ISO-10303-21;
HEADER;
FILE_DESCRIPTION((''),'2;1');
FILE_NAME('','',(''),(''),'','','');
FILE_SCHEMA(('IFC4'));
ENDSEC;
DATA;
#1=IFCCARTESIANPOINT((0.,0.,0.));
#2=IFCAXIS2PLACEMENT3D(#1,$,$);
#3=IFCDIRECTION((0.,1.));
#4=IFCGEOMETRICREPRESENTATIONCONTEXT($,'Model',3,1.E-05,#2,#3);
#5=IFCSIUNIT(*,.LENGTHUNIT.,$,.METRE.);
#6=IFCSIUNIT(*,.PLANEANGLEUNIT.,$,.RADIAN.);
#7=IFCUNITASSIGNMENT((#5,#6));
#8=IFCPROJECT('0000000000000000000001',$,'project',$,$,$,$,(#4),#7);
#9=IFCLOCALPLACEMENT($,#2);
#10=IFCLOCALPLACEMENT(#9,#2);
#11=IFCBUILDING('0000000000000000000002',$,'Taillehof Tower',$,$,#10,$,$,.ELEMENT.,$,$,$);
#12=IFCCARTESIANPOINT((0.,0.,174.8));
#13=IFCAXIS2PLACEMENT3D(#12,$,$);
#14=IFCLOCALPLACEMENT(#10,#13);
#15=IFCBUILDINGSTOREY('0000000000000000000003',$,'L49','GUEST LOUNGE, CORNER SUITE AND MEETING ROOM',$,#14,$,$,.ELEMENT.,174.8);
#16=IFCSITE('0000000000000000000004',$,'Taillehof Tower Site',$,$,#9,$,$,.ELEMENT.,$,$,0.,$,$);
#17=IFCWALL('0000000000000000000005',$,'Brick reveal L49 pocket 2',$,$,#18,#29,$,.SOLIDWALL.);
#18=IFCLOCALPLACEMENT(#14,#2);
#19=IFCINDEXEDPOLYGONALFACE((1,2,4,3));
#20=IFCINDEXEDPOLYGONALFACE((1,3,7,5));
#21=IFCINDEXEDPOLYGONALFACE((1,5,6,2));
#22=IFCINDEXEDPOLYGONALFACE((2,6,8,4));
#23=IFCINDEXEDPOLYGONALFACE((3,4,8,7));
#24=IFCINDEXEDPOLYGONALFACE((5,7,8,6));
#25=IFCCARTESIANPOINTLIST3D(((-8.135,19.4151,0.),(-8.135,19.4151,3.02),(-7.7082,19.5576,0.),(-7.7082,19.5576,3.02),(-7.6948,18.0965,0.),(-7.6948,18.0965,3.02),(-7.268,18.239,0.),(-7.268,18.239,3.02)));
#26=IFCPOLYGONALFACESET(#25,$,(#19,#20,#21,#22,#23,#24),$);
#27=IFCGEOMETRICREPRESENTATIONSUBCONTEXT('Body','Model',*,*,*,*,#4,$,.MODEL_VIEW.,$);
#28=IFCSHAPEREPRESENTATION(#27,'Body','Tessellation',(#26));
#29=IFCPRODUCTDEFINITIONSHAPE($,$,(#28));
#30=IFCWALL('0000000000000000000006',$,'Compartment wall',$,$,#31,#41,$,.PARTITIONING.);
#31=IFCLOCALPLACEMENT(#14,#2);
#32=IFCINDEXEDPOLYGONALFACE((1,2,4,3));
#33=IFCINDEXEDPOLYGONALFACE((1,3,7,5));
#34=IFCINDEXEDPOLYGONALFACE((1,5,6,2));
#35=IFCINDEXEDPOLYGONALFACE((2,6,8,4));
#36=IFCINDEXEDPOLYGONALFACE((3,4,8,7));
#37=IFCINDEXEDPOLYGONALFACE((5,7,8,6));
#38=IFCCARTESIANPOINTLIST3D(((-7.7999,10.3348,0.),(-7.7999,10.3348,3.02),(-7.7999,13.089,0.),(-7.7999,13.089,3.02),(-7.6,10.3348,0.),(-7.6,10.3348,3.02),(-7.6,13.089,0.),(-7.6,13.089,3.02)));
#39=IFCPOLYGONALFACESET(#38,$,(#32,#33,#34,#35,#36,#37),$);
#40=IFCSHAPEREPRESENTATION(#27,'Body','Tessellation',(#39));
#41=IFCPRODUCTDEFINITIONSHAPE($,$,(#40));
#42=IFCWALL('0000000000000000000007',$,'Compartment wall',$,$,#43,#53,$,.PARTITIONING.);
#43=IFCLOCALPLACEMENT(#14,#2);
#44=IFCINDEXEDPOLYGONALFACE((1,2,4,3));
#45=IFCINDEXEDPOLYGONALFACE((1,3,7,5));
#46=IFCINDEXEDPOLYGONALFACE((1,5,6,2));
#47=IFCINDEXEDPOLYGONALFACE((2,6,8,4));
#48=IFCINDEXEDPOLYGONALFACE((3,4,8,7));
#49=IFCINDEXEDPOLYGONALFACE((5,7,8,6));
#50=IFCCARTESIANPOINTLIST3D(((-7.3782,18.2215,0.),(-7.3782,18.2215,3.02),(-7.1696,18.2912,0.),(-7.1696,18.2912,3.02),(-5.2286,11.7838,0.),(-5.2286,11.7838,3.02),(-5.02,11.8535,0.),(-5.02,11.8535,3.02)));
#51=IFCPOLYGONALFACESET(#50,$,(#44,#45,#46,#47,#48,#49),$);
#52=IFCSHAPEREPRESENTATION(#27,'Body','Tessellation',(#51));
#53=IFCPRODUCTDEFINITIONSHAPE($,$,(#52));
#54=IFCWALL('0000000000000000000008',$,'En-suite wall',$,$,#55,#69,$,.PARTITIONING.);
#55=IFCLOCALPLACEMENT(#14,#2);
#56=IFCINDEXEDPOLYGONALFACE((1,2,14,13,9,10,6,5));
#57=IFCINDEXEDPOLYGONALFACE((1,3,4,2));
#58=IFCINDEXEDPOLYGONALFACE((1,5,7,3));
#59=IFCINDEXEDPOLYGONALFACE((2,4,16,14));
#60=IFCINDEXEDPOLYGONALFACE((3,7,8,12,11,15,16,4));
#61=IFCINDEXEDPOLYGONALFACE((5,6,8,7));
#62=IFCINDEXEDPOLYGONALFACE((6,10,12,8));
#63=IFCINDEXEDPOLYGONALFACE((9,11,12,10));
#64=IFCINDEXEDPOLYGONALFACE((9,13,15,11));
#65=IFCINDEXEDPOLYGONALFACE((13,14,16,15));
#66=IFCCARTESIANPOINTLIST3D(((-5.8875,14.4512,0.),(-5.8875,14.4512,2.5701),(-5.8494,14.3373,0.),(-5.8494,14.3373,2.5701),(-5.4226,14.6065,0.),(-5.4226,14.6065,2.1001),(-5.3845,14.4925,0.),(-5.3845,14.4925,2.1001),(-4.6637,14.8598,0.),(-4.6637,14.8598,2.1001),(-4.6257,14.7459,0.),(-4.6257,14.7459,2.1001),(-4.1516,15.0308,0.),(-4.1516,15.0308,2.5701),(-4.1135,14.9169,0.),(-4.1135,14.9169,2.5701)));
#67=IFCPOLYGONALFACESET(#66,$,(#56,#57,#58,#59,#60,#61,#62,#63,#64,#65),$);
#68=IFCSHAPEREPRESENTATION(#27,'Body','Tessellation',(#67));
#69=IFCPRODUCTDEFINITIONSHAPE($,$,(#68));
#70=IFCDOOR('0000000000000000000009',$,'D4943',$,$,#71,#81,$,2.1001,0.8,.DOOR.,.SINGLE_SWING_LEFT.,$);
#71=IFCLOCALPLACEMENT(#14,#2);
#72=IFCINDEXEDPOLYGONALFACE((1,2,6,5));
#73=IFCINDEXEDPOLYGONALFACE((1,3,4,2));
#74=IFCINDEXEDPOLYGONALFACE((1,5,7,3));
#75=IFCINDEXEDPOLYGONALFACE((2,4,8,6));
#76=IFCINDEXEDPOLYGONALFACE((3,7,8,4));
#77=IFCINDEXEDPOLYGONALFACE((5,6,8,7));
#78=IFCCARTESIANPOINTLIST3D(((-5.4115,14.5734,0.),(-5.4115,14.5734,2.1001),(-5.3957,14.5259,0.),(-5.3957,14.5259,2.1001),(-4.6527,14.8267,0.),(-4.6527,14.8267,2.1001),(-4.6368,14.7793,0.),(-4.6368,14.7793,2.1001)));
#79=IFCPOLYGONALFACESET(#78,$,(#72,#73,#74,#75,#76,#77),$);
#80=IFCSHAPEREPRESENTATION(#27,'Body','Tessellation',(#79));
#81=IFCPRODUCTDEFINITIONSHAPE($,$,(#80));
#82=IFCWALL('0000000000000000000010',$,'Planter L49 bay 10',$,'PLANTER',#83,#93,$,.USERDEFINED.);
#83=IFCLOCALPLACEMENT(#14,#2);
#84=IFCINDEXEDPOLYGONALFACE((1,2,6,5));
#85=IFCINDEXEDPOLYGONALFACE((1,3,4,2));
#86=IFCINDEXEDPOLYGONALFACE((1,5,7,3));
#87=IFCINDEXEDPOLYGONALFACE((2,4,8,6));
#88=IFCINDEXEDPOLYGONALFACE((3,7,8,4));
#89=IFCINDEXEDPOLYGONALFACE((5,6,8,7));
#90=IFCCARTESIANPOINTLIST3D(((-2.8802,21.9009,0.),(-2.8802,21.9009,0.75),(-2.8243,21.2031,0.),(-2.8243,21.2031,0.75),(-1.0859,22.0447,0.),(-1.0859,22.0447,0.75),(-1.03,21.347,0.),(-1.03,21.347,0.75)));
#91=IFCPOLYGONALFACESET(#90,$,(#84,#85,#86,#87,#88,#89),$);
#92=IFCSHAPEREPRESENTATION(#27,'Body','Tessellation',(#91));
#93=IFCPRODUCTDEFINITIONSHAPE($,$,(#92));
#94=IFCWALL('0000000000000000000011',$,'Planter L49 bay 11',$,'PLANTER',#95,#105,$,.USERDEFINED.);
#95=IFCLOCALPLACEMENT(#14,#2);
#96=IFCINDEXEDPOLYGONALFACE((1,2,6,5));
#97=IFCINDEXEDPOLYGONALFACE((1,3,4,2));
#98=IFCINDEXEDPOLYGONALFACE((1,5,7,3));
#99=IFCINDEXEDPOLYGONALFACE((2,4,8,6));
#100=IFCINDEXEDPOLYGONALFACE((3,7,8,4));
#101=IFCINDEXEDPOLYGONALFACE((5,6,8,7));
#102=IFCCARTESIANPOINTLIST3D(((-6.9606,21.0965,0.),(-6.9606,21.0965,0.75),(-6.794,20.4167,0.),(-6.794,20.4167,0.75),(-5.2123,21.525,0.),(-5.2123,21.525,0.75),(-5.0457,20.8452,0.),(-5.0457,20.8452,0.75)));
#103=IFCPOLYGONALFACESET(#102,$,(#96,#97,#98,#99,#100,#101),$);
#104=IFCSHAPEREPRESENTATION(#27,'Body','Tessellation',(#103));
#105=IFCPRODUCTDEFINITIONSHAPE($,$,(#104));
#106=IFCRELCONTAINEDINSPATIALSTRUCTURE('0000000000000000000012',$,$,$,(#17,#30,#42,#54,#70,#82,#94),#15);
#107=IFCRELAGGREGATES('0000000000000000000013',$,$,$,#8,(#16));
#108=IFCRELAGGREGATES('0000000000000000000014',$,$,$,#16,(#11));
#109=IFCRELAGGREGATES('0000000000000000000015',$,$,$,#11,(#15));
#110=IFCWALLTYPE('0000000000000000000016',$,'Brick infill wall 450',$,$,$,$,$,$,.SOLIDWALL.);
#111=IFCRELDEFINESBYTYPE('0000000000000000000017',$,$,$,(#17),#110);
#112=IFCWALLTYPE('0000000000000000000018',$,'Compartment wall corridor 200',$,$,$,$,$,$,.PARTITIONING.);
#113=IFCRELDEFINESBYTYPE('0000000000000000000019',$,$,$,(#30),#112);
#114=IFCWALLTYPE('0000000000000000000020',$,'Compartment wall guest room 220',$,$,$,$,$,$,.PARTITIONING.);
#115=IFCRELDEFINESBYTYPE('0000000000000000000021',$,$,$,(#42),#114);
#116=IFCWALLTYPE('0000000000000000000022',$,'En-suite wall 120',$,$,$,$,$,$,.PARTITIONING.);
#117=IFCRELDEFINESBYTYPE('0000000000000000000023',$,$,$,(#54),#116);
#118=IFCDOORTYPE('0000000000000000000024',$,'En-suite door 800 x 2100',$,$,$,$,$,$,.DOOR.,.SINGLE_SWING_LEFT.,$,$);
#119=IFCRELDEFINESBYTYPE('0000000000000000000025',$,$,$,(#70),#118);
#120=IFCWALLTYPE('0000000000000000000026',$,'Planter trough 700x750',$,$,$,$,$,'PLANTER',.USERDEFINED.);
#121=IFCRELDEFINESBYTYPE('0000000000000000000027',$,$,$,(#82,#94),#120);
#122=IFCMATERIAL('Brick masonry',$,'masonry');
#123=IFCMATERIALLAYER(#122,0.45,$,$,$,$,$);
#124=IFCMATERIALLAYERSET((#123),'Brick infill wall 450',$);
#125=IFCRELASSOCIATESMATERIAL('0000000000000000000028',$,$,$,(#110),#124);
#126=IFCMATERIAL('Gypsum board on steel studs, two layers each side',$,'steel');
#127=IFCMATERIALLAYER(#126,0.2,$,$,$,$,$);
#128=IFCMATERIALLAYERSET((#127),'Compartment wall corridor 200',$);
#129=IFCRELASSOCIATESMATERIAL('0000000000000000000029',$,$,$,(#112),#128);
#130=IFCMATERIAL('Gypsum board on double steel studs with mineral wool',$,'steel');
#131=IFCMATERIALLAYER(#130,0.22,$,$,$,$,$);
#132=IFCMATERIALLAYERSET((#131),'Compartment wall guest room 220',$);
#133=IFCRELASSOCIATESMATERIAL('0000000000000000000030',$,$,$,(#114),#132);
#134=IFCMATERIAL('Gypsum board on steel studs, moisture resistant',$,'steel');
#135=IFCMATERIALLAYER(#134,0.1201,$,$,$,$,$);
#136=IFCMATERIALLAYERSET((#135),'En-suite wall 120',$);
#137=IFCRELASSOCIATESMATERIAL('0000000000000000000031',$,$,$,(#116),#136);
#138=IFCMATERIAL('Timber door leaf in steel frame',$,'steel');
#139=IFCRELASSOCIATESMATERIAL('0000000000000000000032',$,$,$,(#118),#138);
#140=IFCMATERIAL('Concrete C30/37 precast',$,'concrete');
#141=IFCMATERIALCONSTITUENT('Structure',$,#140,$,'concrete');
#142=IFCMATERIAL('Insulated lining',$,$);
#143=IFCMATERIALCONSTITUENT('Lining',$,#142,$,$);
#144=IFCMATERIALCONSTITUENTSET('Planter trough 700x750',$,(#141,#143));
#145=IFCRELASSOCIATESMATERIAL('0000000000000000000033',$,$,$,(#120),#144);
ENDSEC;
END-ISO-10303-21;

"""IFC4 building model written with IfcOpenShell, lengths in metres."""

from ifc_helpers import new_model, si_unit, direction, frame, frame_2d, origin, place, context, subcontext, project, spatial, rectangle, extrude, material, layer, layer_set, constituent, constituent_set, type_object, element, fill, save


model = new_model("IFC4")

# Units and contexts
model_context = context("Model", 3, precision=1e-05, world=origin(), true_north=direction((0.0, 1.0)))
body_context = subcontext(model_context, "Body", "Model", "MODEL_VIEW")
ifc_project = project(units=[si_unit("LENGTHUNIT", "METRE"), si_unit("PLANEANGLEUNIT", "RADIAN")], contexts=[model_context])

# Site, building, storey
site_placement = place(None, origin())
site = spatial("IfcSite", under=ifc_project, at=site_placement, Name="Taillehof Tower Site", CompositionType="ELEMENT", RefElevation=0.0)
building_placement = place(site_placement, origin())
building = spatial("IfcBuilding", under=site, at=building_placement, Name="Taillehof Tower", CompositionType="ELEMENT")
storey_placement = place(building_placement, frame((0.0, 0.0, 174.8)))
storey = spatial("IfcBuildingStorey", under=building, at=storey_placement, Name="L49", Description="GUEST LOUNGE, CORNER SUITE AND MEETING ROOM", CompositionType="ELEMENT", Elevation=174.8)

# Shared definitions
ifc_material_1 = material(Name="Brick masonry", Category="masonry")
ifc_layer_1 = layer(ifc_material_1, 0.45)
ifc_layer_set_1 = layer_set([ifc_layer_1], Name="Brick infill wall 450")
wall_type_1 = type_object("IfcWallType", Name="Brick infill wall 450", PredefinedType="SOLIDWALL", material=ifc_layer_set_1)

# Wall
wall_1_placement = place(storey_placement, frame((-7.9216, 19.4863, 0.0), z_axis=(0.0, 0.0, 1.0), x_axis=(0.316649, -0.948543, 0.0)))
element("IfcWall", 1, at=wall_1_placement, inside=storey, type_object=wall_type_1, Name="Brick reveal L49 pocket 2", PredefinedType="SOLIDWALL", context=body_context, shape_type="SweptSolid", body=[
    extrude(rectangle(XDim=1.3901, YDim=0.45, at=frame_2d((0.6951, 0.0))), origin(), (0.0, 0.0, 1.0), 3.02),
])

# Walls
ifc_material_2 = material(Name="Gypsum board on steel studs, two layers each side", Category="steel")
ifc_layer_2 = layer(ifc_material_2, 0.2)
ifc_layer_set_2 = layer_set([ifc_layer_2], Name="Compartment wall corridor 200")
wall_type_2 = type_object("IfcWallType", Name="Compartment wall corridor 200", PredefinedType="PARTITIONING", material=ifc_layer_set_2)
wall_2_placement = place(storey_placement, frame((-7.7, 13.0889, 0.0), z_axis=(0.0, 0.0, 1.0), x_axis=(0.0, -1.0, 0.0)))
element("IfcWall", 2, at=wall_2_placement, inside=storey, type_object=wall_type_2, Name="Compartment wall", PredefinedType="PARTITIONING", context=body_context, shape_type="SweptSolid", body=[
    extrude(rectangle(XDim=2.7542, YDim=0.2, at=frame_2d((1.377, 0.0))), origin(), (0.0, 0.0, 1.0), 3.02),
])
ifc_material_3 = material(Name="Gypsum board on double steel studs with mineral wool", Category="steel")
ifc_layer_3 = layer(ifc_material_3, 0.22)
ifc_layer_set_3 = layer_set([ifc_layer_3], Name="Compartment wall guest room 220")
wall_type_3 = type_object("IfcWallType", Name="Compartment wall guest room 220", PredefinedType="PARTITIONING", material=ifc_layer_set_3)
wall_3_placement = place(storey_placement, frame((-7.2739, 18.2563, 0.0), z_axis=(0.0, 0.0, 1.0), x_axis=(0.316724, -0.948518, 0.0)))
element("IfcWall", 3, at=wall_3_placement, inside=storey, type_object=wall_type_3, Name="Compartment wall", PredefinedType="PARTITIONING", context=body_context, shape_type="SweptSolid", body=[
    extrude(rectangle(XDim=6.7871, YDim=0.22, at=frame_2d((3.3936, 0.0))), origin(), (0.0, 0.0, 1.0), 3.02),
])

# Wall, opening, door
ifc_material_4 = material(Name="Gypsum board on steel studs, moisture resistant", Category="steel")
ifc_layer_4 = layer(ifc_material_4, 0.1201)
ifc_layer_set_4 = layer_set([ifc_layer_4], Name="En-suite wall 120")
wall_type_4 = type_object("IfcWallType", Name="En-suite wall 120", PredefinedType="PARTITIONING", material=ifc_layer_set_4)
wall_4_placement = place(storey_placement, frame((-4.1326, 14.9739, 0.0), z_axis=(0.0, 0.0, 1.0), x_axis=(-0.948523, -0.316708, 0.0)))
wall_4 = element("IfcWall", 4, at=wall_4_placement, inside=storey, type_object=wall_type_4, Name="En-suite wall", PredefinedType="PARTITIONING", context=body_context, shape_type="SweptSolid", body=[
    extrude(rectangle(XDim=1.8301, YDim=0.1201, at=frame_2d((0.915, 0.0))), origin(), (0.0, 0.0, 1.0), 2.5701),
])
opening_1_placement = place(wall_4_placement, frame((0.54, 0.0, 0.0)))
opening_1 = element("IfcOpeningElement", 5, at=opening_1_placement, cuts=wall_4, PredefinedType="OPENING", context=body_context, shape_type="SweptSolid", body=[
    extrude(rectangle(XDim=0.8, YDim=2.1001, at=frame_2d((0.3999, 1.05))), frame((0.0, 0.0701, 0.0), z_axis=(0.0, -1.0, 0.0), x_axis=(1.0, 0.0, 0.0)), (0.0, 0.0, 1.0), 0.1401),
])
ifc_material_5 = material(Name="Timber door leaf in steel frame", Category="steel")
door_type_1 = type_object("IfcDoorType", Name="En-suite door 800 x 2100", OperationType="SINGLE_SWING_LEFT", PredefinedType="DOOR", material=ifc_material_5)
door_1_placement = place(opening_1_placement, origin())
door_1 = element("IfcDoor", 6, at=door_1_placement, inside=storey, type_object=door_type_1, Name="D4943", OperationType="SINGLE_SWING_LEFT", OverallHeight=2.1001, OverallWidth=0.8, PredefinedType="DOOR", context=body_context, shape_type="SweptSolid", body=[
    extrude(rectangle(XDim=0.8, YDim=2.1001, at=frame_2d((0.3999, 1.05))), frame((0.0, 0.0249, 0.0), z_axis=(0.0, -1.0, 0.0), x_axis=(1.0, 0.0, 0.0)), (0.0, 0.0, 1.0), 0.05),
])
fill(opening_1, door_1)

# Walls
ifc_material_6 = material(Name="Concrete C30/37 precast", Category="concrete")
ifc_constituent_1 = constituent(ifc_material_6, Name="Structure", Category="concrete")
ifc_material_7 = material(Name="Insulated lining")
ifc_constituent_2 = constituent(ifc_material_7, Name="Lining")
ifc_constituent_set = constituent_set(constituents=[ifc_constituent_1, ifc_constituent_2], Name="Planter trough 700x750")
wall_type_5 = type_object("IfcWallType", Name="Planter trough 700x750", ElementType="PLANTER", PredefinedType="USERDEFINED", material=ifc_constituent_set)
for number, where, z_axis, x_axis, name in (
    (7, (-1.0581, 21.6958, 0.0), (0.0, 0.0, 1.0), (-0.996804, -0.079891, 0.0), "Planter L49 bay 10"),
    (8, (-5.1292, 21.1851, 0.0), (0.0, 0.0, 1.0), (-0.971257, -0.238033, 0.0), "Planter L49 bay 11"),
):
    element("IfcWall", number, at=place(storey_placement, frame(where, z_axis=z_axis, x_axis=x_axis)), inside=storey, type_object=wall_type_5, Name=name, ObjectType="PLANTER", PredefinedType="USERDEFINED", context=body_context, shape_type="SweptSolid", body=[
        extrude(rectangle(XDim=1.8, YDim=0.7, at=frame_2d((0.8999, 0.0))), origin(), (0.0, 0.0, 1.0), 0.75),
    ])

save(model, "model.ifc")
